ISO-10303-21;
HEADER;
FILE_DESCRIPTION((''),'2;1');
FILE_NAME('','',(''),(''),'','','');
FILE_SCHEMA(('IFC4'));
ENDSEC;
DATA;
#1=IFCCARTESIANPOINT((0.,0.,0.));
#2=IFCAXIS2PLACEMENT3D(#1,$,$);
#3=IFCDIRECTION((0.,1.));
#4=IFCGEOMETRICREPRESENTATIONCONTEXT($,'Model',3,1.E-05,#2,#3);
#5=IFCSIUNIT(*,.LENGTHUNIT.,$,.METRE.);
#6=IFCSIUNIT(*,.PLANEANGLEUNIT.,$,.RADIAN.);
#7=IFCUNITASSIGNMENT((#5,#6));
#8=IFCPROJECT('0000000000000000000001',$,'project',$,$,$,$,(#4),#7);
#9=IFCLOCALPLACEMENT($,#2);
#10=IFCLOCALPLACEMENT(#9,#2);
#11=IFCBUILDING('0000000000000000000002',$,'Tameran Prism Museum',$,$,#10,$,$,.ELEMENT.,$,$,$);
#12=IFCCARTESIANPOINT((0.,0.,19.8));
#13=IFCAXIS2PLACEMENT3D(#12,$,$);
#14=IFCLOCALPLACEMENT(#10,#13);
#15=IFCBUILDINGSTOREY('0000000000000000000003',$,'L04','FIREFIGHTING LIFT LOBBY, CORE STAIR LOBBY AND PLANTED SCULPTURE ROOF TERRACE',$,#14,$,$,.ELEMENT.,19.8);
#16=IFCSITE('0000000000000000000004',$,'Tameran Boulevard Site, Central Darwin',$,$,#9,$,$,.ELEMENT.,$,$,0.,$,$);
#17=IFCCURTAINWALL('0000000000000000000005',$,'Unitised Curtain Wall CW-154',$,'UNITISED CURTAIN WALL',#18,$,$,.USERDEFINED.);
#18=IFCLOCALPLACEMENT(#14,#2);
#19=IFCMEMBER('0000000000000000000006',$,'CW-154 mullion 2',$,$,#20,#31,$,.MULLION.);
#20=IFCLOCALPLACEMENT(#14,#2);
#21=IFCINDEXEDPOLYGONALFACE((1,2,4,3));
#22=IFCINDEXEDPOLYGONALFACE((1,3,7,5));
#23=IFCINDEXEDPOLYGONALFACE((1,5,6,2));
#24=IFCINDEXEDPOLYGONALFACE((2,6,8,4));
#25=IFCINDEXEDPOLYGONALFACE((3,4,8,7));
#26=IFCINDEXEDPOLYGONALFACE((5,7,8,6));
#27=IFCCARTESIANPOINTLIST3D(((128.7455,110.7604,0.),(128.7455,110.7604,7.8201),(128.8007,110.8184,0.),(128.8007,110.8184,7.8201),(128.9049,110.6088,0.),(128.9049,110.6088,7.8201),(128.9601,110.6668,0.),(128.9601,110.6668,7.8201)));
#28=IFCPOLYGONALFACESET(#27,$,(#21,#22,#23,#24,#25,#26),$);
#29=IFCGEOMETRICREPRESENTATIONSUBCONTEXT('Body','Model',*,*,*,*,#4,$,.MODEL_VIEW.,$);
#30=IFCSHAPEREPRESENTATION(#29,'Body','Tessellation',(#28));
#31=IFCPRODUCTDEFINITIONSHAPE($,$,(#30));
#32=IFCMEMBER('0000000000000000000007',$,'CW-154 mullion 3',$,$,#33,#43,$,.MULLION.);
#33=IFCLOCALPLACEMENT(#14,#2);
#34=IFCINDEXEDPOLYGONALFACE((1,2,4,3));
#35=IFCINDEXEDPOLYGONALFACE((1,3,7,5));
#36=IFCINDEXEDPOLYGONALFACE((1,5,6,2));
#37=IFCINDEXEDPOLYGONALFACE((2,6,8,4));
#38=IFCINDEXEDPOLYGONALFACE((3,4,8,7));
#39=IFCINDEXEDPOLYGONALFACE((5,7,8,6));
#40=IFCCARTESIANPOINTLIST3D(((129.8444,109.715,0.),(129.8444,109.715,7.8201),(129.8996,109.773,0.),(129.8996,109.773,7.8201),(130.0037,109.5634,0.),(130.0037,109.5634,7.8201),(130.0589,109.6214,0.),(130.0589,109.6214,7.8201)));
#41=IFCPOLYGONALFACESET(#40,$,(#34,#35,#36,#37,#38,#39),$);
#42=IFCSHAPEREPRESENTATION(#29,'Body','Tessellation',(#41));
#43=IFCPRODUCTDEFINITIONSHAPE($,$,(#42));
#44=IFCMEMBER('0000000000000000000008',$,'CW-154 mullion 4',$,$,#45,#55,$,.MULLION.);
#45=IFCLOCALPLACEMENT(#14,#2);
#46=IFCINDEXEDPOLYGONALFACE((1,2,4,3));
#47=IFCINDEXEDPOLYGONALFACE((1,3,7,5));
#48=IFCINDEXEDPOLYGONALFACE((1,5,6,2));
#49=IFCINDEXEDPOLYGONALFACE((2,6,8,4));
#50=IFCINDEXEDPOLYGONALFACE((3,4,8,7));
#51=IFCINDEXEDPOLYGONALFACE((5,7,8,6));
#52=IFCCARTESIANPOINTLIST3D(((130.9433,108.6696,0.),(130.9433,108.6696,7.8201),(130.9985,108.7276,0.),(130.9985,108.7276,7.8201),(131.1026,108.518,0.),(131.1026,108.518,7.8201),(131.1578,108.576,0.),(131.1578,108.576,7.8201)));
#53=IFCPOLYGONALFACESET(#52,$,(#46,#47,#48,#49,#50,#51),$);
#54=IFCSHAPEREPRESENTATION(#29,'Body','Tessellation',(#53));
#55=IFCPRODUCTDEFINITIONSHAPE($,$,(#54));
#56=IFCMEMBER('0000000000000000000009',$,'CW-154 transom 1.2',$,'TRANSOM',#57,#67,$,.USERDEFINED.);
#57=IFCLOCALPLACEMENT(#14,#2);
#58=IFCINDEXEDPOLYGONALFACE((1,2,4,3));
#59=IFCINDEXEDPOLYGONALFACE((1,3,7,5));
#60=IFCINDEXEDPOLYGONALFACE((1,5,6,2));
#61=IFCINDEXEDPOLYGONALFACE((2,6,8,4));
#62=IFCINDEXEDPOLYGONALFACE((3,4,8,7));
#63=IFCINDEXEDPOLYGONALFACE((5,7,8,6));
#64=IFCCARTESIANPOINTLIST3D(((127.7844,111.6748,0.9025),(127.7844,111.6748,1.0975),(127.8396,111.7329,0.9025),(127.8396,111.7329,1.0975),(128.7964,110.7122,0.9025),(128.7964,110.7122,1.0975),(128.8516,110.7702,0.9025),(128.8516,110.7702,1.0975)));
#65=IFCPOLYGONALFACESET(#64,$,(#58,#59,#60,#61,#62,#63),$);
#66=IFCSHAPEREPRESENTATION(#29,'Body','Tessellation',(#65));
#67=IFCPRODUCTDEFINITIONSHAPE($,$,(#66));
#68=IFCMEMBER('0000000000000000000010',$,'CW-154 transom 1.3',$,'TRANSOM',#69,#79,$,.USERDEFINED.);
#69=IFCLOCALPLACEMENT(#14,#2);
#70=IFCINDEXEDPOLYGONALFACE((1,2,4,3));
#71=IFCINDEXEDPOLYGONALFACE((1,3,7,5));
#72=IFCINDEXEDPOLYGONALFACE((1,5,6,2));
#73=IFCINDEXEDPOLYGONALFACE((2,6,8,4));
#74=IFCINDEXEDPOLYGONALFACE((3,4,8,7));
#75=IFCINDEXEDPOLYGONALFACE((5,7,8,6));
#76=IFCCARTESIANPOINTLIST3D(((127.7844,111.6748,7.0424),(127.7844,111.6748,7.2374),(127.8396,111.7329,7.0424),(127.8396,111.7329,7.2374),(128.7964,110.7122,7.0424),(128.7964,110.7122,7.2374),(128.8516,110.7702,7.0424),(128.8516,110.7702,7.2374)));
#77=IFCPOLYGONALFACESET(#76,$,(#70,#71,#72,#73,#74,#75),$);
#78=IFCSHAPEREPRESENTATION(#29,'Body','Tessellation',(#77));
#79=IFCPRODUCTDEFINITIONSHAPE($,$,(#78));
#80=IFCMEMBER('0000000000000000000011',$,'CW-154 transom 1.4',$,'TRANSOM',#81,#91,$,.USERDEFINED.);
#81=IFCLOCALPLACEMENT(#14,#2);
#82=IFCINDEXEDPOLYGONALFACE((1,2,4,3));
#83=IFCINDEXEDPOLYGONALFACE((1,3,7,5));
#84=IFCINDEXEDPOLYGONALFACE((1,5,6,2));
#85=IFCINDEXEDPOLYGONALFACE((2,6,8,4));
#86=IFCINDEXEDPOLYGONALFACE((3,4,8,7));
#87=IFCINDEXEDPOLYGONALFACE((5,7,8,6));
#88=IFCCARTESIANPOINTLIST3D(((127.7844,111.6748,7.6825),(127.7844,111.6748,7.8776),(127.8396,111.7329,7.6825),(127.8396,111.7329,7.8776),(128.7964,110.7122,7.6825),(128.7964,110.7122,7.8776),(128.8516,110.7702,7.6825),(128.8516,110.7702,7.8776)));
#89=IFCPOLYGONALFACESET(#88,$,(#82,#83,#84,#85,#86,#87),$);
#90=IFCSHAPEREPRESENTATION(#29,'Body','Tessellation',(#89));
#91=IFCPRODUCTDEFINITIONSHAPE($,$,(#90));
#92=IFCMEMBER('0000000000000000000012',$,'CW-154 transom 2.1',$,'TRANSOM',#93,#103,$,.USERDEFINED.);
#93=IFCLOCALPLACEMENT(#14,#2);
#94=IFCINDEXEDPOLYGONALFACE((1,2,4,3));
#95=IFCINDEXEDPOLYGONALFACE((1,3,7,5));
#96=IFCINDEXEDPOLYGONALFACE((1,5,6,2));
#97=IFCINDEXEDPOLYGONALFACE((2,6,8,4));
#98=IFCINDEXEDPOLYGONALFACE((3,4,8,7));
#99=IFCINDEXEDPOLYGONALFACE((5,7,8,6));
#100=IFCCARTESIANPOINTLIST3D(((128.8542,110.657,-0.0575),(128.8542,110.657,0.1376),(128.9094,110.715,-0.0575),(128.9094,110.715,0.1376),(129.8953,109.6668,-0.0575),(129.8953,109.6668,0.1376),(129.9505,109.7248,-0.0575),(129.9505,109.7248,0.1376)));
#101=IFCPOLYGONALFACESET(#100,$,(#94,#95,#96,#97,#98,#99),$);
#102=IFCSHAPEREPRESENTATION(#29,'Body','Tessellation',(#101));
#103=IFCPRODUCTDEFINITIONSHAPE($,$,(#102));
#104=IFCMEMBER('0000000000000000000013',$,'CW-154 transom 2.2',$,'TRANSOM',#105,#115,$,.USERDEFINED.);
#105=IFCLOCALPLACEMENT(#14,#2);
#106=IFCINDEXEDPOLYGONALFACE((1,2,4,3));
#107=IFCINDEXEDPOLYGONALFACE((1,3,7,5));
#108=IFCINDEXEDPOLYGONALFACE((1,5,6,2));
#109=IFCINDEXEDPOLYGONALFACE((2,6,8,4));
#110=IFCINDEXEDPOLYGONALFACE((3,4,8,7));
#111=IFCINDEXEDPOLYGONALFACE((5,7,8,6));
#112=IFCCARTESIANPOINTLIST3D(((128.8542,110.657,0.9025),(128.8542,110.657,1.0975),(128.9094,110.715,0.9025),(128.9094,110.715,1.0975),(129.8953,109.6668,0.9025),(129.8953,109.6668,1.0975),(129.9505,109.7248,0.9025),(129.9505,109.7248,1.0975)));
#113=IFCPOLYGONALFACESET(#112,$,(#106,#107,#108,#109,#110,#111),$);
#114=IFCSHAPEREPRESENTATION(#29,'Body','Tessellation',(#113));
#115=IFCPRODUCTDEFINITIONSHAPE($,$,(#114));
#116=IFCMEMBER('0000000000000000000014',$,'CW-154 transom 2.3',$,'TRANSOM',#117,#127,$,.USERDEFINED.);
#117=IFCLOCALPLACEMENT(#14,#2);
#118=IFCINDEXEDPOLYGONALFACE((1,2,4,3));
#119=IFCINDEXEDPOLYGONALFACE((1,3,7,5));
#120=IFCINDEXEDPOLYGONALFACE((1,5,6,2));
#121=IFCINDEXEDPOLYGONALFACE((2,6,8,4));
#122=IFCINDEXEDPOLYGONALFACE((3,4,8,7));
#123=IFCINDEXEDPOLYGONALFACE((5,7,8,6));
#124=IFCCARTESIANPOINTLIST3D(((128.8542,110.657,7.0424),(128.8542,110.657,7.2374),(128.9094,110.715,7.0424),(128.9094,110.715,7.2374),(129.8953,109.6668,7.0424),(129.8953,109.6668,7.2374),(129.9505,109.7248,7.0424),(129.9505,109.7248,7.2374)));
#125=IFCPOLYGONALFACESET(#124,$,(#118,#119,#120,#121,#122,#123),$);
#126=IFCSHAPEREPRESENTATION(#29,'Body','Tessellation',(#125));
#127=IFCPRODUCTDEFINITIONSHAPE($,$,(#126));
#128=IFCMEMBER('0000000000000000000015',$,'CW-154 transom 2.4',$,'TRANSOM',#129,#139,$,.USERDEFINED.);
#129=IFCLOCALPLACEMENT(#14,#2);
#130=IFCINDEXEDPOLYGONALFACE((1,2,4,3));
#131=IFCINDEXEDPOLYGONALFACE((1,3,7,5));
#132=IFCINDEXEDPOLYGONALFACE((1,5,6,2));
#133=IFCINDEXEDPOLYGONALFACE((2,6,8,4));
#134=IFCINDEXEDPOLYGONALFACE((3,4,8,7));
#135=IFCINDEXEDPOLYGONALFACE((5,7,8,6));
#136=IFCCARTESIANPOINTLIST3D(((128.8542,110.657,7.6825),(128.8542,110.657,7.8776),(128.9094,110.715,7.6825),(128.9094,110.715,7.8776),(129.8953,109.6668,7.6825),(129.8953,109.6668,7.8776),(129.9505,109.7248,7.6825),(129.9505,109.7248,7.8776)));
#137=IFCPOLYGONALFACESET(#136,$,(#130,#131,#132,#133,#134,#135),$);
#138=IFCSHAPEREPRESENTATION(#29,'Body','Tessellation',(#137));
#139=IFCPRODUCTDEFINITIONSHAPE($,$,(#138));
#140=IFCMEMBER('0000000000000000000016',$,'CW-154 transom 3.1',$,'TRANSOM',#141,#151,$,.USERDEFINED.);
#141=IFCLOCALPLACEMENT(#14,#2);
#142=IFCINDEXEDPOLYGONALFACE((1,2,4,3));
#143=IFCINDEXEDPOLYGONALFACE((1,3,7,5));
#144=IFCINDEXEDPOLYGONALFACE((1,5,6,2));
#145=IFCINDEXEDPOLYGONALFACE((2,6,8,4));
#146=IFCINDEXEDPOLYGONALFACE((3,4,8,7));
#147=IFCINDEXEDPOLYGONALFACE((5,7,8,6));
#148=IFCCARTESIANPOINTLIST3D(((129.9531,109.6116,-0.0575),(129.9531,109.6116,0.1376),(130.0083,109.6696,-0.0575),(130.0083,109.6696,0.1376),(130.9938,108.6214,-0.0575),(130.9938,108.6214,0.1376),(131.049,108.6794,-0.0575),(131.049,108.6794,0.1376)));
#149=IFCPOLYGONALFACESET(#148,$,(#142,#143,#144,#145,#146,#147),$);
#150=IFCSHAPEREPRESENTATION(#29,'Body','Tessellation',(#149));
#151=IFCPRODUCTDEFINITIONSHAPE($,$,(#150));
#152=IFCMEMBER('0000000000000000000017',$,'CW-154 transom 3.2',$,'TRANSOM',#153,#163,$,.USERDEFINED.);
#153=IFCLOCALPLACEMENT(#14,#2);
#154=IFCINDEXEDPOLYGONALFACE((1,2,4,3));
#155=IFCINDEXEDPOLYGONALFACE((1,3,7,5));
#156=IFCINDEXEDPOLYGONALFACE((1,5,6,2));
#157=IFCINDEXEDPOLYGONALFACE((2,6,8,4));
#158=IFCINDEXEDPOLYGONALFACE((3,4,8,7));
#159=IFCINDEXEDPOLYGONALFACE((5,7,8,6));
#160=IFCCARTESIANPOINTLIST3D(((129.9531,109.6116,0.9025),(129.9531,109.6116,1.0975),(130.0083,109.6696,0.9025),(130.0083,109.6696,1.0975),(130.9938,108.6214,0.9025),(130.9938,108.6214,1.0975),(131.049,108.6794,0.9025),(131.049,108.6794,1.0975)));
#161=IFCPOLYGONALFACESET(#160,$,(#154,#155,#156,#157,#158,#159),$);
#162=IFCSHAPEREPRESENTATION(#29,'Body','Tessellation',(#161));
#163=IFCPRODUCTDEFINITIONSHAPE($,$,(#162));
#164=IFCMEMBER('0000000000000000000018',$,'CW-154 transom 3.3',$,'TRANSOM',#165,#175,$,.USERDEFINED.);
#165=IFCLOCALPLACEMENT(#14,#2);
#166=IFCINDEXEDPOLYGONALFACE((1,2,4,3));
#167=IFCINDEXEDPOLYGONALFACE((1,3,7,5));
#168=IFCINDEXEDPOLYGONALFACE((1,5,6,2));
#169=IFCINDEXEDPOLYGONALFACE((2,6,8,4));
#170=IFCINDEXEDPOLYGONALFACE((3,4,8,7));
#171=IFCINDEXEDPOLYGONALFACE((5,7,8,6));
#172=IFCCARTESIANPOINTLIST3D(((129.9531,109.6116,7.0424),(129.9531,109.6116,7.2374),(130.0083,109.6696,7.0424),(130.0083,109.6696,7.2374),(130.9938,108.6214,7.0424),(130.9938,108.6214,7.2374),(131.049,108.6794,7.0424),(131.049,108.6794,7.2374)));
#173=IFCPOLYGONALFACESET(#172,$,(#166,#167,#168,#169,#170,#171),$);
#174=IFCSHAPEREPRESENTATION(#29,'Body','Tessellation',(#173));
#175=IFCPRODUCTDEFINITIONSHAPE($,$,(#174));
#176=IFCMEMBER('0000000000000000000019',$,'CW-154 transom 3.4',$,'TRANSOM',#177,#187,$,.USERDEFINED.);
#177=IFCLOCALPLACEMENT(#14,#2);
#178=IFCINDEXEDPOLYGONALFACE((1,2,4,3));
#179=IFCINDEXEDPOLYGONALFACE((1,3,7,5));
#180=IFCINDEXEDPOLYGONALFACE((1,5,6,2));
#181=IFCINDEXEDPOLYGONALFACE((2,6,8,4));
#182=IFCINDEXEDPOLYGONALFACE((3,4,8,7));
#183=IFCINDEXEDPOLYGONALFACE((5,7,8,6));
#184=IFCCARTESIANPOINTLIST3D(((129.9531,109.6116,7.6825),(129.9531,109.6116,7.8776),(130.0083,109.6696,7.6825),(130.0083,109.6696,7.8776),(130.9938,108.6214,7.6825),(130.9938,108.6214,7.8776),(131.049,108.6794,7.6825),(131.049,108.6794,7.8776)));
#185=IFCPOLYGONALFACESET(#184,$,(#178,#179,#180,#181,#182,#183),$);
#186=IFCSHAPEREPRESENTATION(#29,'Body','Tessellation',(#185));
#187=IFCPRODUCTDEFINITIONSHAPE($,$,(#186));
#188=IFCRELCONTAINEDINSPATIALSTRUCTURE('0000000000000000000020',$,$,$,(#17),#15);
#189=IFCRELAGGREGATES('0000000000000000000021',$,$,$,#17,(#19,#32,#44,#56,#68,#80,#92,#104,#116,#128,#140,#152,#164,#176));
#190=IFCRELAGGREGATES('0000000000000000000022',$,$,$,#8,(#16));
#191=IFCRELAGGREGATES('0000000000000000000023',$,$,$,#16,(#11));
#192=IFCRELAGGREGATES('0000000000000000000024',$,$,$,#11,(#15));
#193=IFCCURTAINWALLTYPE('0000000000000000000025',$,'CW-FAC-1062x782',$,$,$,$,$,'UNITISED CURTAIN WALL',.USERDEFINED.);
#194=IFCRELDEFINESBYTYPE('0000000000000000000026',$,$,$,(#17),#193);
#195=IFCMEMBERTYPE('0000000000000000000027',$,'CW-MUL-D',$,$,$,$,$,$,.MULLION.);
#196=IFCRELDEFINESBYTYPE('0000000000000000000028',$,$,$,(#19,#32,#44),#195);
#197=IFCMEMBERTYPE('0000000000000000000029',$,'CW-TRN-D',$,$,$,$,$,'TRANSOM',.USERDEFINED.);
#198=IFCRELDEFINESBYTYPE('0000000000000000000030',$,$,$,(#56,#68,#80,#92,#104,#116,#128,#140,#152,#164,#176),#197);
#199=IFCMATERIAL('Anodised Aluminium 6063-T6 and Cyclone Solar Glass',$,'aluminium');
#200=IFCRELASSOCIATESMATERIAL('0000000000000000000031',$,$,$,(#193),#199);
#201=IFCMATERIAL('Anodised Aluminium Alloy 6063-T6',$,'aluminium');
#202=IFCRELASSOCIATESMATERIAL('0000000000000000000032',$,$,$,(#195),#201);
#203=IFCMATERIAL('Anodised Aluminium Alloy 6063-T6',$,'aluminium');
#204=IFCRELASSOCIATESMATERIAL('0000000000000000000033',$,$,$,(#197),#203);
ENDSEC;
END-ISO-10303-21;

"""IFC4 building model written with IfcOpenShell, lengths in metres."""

from ifc_helpers import new_model, si_unit, direction, frame, origin, origin_2d, place, context, subcontext, project, spatial, rectangle, extrude, material, material_profile, profile_set, type_object, element, aggregate, save


model = new_model("IFC4")

# Units and contexts
model_context = context("Model", 3, precision=1e-05, world=origin(), true_north=direction((0.0, 1.0)))
body_context = subcontext(model_context, "Body", "Model", "MODEL_VIEW")
ifc_project = project(units=[si_unit("LENGTHUNIT", "METRE"), si_unit("PLANEANGLEUNIT", "RADIAN")], contexts=[model_context])

# Site, building, storey
site_placement = place(None, origin())
site = spatial("IfcSite", under=ifc_project, at=site_placement, Name="Tameran Boulevard Site, Central Darwin", CompositionType="ELEMENT", RefElevation=0.0)
building_placement = place(site_placement, origin())
building = spatial("IfcBuilding", under=site, at=building_placement, Name="Tameran Prism Museum", CompositionType="ELEMENT")
storey_placement = place(building_placement, frame((0.0, 0.0, 19.8)))
storey = spatial("IfcBuildingStorey", under=building, at=storey_placement, Name="L04", Description="FIREFIGHTING LIFT LOBBY, CORE STAIR LOBBY AND PLANTED SCULPTURE ROOF TERRACE", CompositionType="ELEMENT", Elevation=19.8)

# Curtain wall, members
ifc_material_1 = material(Name="Anodised Aluminium 6063-T6 and Cyclone Solar Glass", Category="aluminium")
curtain_wall_type = type_object("IfcCurtainWallType", Name="CW-FAC-1062x782", ElementType="UNITISED CURTAIN WALL", PredefinedType="USERDEFINED", material=ifc_material_1)
curtain_wall_placement = place(storey_placement, origin())
curtain_wall = element("IfcCurtainWall", 1, at=curtain_wall_placement, inside=storey, type_object=curtain_wall_type, Name="Unitised Curtain Wall CW-154", ObjectType="UNITISED CURTAIN WALL", PredefinedType="USERDEFINED")
ifc_material_2 = material(Name="Anodised Aluminium Alloy 6063-T6", Category="aluminium")
ifc_material_profile_1 = material_profile(ifc_material_2, rectangle(XDim=0.0801, YDim=0.22, at=origin_2d()))
ifc_profile_set_1 = profile_set([ifc_material_profile_1])
member_type_1 = type_object("IfcMemberType", Name="CW-MUL-D", PredefinedType="MULLION", material=ifc_profile_set_1)
member_1_placement = place(storey_placement, frame((128.8528, 110.7136, 0.0), z_axis=(0.0, 0.0, 1.0), x_axis=(0.689274, 0.724501, 0.0)))
member_1 = element("IfcMember", 2, at=member_1_placement, type_object=member_type_1, Name="CW-154 mullion 2", PredefinedType="MULLION", context=body_context, shape_type="SweptSolid", body=[
    extrude(rectangle(XDim=0.0801, YDim=0.22, at=origin_2d()), origin(), (0.0, 0.0, 1.0), 7.8201),
])
member_2_placement = place(storey_placement, frame((129.9517, 109.6682, 0.0), z_axis=(0.0, 0.0, 1.0), x_axis=(0.689274, 0.724501, 0.0)))
member_2 = element("IfcMember", 3, at=member_2_placement, type_object=member_type_1, Name="CW-154 mullion 3", PredefinedType="MULLION", context=body_context, shape_type="SweptSolid", body=[
    extrude(rectangle(XDim=0.0801, YDim=0.22, at=origin_2d()), origin(), (0.0, 0.0, 1.0), 7.8201),
])
member_3_placement = place(storey_placement, frame((131.0505, 108.6228, 0.0), z_axis=(0.0, 0.0, 1.0), x_axis=(0.689274, 0.724501, 0.0)))
member_3 = element("IfcMember", 4, at=member_3_placement, type_object=member_type_1, Name="CW-154 mullion 4", PredefinedType="MULLION", context=body_context, shape_type="SweptSolid", body=[
    extrude(rectangle(XDim=0.0801, YDim=0.22, at=origin_2d()), origin(), (0.0, 0.0, 1.0), 7.8201),
])
ifc_material_3 = material(Name="Anodised Aluminium Alloy 6063-T6", Category="aluminium")
ifc_material_profile_2 = material_profile(ifc_material_3, rectangle(XDim=0.0801, YDim=0.1951, at=origin_2d()))
ifc_profile_set_2 = profile_set([ifc_material_profile_2])
member_type_2 = type_object("IfcMemberType", Name="CW-TRN-D", ElementType="TRANSOM", PredefinedType="USERDEFINED", material=ifc_profile_set_2)
member_4_placement = place(storey_placement, frame((127.812, 111.7039, 1.0), z_axis=(0.724541, -0.689232, 0.0), x_axis=(0.689232, 0.724541, 0.0)))
member_4 = element("IfcMember", 5, at=member_4_placement, type_object=member_type_2, Name="CW-154 transom 1.2", ObjectType="TRANSOM", PredefinedType="USERDEFINED", context=body_context, shape_type="SweptSolid", body=[
    extrude(rectangle(XDim=0.0801, YDim=0.1951, at=origin_2d()), origin(), (0.0, 0.0, 1.0), 1.3967),
])
member_5_placement = place(storey_placement, frame((127.812, 111.7039, 7.1399), z_axis=(0.724541, -0.689232, 0.0), x_axis=(0.689232, 0.724541, 0.0)))
member_5 = element("IfcMember", 6, at=member_5_placement, type_object=member_type_2, Name="CW-154 transom 1.3", ObjectType="TRANSOM", PredefinedType="USERDEFINED", context=body_context, shape_type="SweptSolid", body=[
    extrude(rectangle(XDim=0.0801, YDim=0.1951, at=origin_2d()), origin(), (0.0, 0.0, 1.0), 1.3967),
])
member_6_placement = place(storey_placement, frame((127.812, 111.7039, 7.78), z_axis=(0.724541, -0.689232, 0.0), x_axis=(0.689232, 0.724541, 0.0)))
member_6 = element("IfcMember", 7, at=member_6_placement, type_object=member_type_2, Name="CW-154 transom 1.4", ObjectType="TRANSOM", PredefinedType="USERDEFINED", context=body_context, shape_type="SweptSolid", body=[
    extrude(rectangle(XDim=0.0801, YDim=0.1951, at=origin_2d()), origin(), (0.0, 0.0, 1.0), 1.3967),
])
member_7_placement = place(storey_placement, frame((128.8818, 110.686, 0.04), z_axis=(0.724558, -0.689214, 0.0), x_axis=(0.689214, 0.724558, 0.0)))
member_7 = element("IfcMember", 8, at=member_7_placement, type_object=member_type_2, Name="CW-154 transom 2.1", ObjectType="TRANSOM", PredefinedType="USERDEFINED", context=body_context, shape_type="SweptSolid", body=[
    extrude(rectangle(XDim=0.0801, YDim=0.1951, at=origin_2d()), origin(), (0.0, 0.0, 1.0), 1.4368),
])
member_8_placement = place(storey_placement, frame((128.8818, 110.686, 1.0), z_axis=(0.724558, -0.689214, 0.0), x_axis=(0.689214, 0.724558, 0.0)))
member_8 = element("IfcMember", 9, at=member_8_placement, type_object=member_type_2, Name="CW-154 transom 2.2", ObjectType="TRANSOM", PredefinedType="USERDEFINED", context=body_context, shape_type="SweptSolid", body=[
    extrude(rectangle(XDim=0.0801, YDim=0.1951, at=origin_2d()), origin(), (0.0, 0.0, 1.0), 1.4368),
])
member_9_placement = place(storey_placement, frame((128.8818, 110.686, 7.1399), z_axis=(0.724558, -0.689214, 0.0), x_axis=(0.689214, 0.724558, 0.0)))
member_9 = element("IfcMember", 10, at=member_9_placement, type_object=member_type_2, Name="CW-154 transom 2.3", ObjectType="TRANSOM", PredefinedType="USERDEFINED", context=body_context, shape_type="SweptSolid", body=[
    extrude(rectangle(XDim=0.0801, YDim=0.1951, at=origin_2d()), origin(), (0.0, 0.0, 1.0), 1.4368),
])
member_10_placement = place(storey_placement, frame((128.8818, 110.686, 7.78), z_axis=(0.724558, -0.689214, 0.0), x_axis=(0.689214, 0.724558, 0.0)))
member_10 = element("IfcMember", 11, at=member_10_placement, type_object=member_type_2, Name="CW-154 transom 2.4", ObjectType="TRANSOM", PredefinedType="USERDEFINED", context=body_context, shape_type="SweptSolid", body=[
    extrude(rectangle(XDim=0.0801, YDim=0.1951, at=origin_2d()), origin(), (0.0, 0.0, 1.0), 1.4368),
])
member_11_placement = place(storey_placement, frame((129.9807, 109.6406, 0.04), z_axis=(0.724477, -0.689299, 0.0), x_axis=(0.689299, 0.724477, 0.0)))
member_11 = element("IfcMember", 12, at=member_11_placement, type_object=member_type_2, Name="CW-154 transom 3.1", ObjectType="TRANSOM", PredefinedType="USERDEFINED", context=body_context, shape_type="SweptSolid", body=[
    extrude(rectangle(XDim=0.0801, YDim=0.1951, at=origin_2d()), origin(), (0.0, 0.0, 1.0), 1.4365),
])
member_12_placement = place(storey_placement, frame((129.9807, 109.6406, 1.0), z_axis=(0.724477, -0.689299, 0.0), x_axis=(0.689299, 0.724477, 0.0)))
member_12 = element("IfcMember", 13, at=member_12_placement, type_object=member_type_2, Name="CW-154 transom 3.2", ObjectType="TRANSOM", PredefinedType="USERDEFINED", context=body_context, shape_type="SweptSolid", body=[
    extrude(rectangle(XDim=0.0801, YDim=0.1951, at=origin_2d()), origin(), (0.0, 0.0, 1.0), 1.4365),
])
member_13_placement = place(storey_placement, frame((129.9807, 109.6406, 7.1399), z_axis=(0.724477, -0.689299, 0.0), x_axis=(0.689299, 0.724477, 0.0)))
member_13 = element("IfcMember", 14, at=member_13_placement, type_object=member_type_2, Name="CW-154 transom 3.3", ObjectType="TRANSOM", PredefinedType="USERDEFINED", context=body_context, shape_type="SweptSolid", body=[
    extrude(rectangle(XDim=0.0801, YDim=0.1951, at=origin_2d()), origin(), (0.0, 0.0, 1.0), 1.4365),
])
member_14_placement = place(storey_placement, frame((129.9807, 109.6406, 7.78), z_axis=(0.724477, -0.689299, 0.0), x_axis=(0.689299, 0.724477, 0.0)))
member_14 = element("IfcMember", 15, at=member_14_placement, type_object=member_type_2, Name="CW-154 transom 3.4", ObjectType="TRANSOM", PredefinedType="USERDEFINED", context=body_context, shape_type="SweptSolid", body=[
    extrude(rectangle(XDim=0.0801, YDim=0.1951, at=origin_2d()), origin(), (0.0, 0.0, 1.0), 1.4365),
])
aggregate(curtain_wall, [member_1, member_2, member_3, member_4, member_5, member_6, member_7, member_8, member_9, member_10, member_11, member_12, member_13, member_14])

save(model, "model.ifc")
